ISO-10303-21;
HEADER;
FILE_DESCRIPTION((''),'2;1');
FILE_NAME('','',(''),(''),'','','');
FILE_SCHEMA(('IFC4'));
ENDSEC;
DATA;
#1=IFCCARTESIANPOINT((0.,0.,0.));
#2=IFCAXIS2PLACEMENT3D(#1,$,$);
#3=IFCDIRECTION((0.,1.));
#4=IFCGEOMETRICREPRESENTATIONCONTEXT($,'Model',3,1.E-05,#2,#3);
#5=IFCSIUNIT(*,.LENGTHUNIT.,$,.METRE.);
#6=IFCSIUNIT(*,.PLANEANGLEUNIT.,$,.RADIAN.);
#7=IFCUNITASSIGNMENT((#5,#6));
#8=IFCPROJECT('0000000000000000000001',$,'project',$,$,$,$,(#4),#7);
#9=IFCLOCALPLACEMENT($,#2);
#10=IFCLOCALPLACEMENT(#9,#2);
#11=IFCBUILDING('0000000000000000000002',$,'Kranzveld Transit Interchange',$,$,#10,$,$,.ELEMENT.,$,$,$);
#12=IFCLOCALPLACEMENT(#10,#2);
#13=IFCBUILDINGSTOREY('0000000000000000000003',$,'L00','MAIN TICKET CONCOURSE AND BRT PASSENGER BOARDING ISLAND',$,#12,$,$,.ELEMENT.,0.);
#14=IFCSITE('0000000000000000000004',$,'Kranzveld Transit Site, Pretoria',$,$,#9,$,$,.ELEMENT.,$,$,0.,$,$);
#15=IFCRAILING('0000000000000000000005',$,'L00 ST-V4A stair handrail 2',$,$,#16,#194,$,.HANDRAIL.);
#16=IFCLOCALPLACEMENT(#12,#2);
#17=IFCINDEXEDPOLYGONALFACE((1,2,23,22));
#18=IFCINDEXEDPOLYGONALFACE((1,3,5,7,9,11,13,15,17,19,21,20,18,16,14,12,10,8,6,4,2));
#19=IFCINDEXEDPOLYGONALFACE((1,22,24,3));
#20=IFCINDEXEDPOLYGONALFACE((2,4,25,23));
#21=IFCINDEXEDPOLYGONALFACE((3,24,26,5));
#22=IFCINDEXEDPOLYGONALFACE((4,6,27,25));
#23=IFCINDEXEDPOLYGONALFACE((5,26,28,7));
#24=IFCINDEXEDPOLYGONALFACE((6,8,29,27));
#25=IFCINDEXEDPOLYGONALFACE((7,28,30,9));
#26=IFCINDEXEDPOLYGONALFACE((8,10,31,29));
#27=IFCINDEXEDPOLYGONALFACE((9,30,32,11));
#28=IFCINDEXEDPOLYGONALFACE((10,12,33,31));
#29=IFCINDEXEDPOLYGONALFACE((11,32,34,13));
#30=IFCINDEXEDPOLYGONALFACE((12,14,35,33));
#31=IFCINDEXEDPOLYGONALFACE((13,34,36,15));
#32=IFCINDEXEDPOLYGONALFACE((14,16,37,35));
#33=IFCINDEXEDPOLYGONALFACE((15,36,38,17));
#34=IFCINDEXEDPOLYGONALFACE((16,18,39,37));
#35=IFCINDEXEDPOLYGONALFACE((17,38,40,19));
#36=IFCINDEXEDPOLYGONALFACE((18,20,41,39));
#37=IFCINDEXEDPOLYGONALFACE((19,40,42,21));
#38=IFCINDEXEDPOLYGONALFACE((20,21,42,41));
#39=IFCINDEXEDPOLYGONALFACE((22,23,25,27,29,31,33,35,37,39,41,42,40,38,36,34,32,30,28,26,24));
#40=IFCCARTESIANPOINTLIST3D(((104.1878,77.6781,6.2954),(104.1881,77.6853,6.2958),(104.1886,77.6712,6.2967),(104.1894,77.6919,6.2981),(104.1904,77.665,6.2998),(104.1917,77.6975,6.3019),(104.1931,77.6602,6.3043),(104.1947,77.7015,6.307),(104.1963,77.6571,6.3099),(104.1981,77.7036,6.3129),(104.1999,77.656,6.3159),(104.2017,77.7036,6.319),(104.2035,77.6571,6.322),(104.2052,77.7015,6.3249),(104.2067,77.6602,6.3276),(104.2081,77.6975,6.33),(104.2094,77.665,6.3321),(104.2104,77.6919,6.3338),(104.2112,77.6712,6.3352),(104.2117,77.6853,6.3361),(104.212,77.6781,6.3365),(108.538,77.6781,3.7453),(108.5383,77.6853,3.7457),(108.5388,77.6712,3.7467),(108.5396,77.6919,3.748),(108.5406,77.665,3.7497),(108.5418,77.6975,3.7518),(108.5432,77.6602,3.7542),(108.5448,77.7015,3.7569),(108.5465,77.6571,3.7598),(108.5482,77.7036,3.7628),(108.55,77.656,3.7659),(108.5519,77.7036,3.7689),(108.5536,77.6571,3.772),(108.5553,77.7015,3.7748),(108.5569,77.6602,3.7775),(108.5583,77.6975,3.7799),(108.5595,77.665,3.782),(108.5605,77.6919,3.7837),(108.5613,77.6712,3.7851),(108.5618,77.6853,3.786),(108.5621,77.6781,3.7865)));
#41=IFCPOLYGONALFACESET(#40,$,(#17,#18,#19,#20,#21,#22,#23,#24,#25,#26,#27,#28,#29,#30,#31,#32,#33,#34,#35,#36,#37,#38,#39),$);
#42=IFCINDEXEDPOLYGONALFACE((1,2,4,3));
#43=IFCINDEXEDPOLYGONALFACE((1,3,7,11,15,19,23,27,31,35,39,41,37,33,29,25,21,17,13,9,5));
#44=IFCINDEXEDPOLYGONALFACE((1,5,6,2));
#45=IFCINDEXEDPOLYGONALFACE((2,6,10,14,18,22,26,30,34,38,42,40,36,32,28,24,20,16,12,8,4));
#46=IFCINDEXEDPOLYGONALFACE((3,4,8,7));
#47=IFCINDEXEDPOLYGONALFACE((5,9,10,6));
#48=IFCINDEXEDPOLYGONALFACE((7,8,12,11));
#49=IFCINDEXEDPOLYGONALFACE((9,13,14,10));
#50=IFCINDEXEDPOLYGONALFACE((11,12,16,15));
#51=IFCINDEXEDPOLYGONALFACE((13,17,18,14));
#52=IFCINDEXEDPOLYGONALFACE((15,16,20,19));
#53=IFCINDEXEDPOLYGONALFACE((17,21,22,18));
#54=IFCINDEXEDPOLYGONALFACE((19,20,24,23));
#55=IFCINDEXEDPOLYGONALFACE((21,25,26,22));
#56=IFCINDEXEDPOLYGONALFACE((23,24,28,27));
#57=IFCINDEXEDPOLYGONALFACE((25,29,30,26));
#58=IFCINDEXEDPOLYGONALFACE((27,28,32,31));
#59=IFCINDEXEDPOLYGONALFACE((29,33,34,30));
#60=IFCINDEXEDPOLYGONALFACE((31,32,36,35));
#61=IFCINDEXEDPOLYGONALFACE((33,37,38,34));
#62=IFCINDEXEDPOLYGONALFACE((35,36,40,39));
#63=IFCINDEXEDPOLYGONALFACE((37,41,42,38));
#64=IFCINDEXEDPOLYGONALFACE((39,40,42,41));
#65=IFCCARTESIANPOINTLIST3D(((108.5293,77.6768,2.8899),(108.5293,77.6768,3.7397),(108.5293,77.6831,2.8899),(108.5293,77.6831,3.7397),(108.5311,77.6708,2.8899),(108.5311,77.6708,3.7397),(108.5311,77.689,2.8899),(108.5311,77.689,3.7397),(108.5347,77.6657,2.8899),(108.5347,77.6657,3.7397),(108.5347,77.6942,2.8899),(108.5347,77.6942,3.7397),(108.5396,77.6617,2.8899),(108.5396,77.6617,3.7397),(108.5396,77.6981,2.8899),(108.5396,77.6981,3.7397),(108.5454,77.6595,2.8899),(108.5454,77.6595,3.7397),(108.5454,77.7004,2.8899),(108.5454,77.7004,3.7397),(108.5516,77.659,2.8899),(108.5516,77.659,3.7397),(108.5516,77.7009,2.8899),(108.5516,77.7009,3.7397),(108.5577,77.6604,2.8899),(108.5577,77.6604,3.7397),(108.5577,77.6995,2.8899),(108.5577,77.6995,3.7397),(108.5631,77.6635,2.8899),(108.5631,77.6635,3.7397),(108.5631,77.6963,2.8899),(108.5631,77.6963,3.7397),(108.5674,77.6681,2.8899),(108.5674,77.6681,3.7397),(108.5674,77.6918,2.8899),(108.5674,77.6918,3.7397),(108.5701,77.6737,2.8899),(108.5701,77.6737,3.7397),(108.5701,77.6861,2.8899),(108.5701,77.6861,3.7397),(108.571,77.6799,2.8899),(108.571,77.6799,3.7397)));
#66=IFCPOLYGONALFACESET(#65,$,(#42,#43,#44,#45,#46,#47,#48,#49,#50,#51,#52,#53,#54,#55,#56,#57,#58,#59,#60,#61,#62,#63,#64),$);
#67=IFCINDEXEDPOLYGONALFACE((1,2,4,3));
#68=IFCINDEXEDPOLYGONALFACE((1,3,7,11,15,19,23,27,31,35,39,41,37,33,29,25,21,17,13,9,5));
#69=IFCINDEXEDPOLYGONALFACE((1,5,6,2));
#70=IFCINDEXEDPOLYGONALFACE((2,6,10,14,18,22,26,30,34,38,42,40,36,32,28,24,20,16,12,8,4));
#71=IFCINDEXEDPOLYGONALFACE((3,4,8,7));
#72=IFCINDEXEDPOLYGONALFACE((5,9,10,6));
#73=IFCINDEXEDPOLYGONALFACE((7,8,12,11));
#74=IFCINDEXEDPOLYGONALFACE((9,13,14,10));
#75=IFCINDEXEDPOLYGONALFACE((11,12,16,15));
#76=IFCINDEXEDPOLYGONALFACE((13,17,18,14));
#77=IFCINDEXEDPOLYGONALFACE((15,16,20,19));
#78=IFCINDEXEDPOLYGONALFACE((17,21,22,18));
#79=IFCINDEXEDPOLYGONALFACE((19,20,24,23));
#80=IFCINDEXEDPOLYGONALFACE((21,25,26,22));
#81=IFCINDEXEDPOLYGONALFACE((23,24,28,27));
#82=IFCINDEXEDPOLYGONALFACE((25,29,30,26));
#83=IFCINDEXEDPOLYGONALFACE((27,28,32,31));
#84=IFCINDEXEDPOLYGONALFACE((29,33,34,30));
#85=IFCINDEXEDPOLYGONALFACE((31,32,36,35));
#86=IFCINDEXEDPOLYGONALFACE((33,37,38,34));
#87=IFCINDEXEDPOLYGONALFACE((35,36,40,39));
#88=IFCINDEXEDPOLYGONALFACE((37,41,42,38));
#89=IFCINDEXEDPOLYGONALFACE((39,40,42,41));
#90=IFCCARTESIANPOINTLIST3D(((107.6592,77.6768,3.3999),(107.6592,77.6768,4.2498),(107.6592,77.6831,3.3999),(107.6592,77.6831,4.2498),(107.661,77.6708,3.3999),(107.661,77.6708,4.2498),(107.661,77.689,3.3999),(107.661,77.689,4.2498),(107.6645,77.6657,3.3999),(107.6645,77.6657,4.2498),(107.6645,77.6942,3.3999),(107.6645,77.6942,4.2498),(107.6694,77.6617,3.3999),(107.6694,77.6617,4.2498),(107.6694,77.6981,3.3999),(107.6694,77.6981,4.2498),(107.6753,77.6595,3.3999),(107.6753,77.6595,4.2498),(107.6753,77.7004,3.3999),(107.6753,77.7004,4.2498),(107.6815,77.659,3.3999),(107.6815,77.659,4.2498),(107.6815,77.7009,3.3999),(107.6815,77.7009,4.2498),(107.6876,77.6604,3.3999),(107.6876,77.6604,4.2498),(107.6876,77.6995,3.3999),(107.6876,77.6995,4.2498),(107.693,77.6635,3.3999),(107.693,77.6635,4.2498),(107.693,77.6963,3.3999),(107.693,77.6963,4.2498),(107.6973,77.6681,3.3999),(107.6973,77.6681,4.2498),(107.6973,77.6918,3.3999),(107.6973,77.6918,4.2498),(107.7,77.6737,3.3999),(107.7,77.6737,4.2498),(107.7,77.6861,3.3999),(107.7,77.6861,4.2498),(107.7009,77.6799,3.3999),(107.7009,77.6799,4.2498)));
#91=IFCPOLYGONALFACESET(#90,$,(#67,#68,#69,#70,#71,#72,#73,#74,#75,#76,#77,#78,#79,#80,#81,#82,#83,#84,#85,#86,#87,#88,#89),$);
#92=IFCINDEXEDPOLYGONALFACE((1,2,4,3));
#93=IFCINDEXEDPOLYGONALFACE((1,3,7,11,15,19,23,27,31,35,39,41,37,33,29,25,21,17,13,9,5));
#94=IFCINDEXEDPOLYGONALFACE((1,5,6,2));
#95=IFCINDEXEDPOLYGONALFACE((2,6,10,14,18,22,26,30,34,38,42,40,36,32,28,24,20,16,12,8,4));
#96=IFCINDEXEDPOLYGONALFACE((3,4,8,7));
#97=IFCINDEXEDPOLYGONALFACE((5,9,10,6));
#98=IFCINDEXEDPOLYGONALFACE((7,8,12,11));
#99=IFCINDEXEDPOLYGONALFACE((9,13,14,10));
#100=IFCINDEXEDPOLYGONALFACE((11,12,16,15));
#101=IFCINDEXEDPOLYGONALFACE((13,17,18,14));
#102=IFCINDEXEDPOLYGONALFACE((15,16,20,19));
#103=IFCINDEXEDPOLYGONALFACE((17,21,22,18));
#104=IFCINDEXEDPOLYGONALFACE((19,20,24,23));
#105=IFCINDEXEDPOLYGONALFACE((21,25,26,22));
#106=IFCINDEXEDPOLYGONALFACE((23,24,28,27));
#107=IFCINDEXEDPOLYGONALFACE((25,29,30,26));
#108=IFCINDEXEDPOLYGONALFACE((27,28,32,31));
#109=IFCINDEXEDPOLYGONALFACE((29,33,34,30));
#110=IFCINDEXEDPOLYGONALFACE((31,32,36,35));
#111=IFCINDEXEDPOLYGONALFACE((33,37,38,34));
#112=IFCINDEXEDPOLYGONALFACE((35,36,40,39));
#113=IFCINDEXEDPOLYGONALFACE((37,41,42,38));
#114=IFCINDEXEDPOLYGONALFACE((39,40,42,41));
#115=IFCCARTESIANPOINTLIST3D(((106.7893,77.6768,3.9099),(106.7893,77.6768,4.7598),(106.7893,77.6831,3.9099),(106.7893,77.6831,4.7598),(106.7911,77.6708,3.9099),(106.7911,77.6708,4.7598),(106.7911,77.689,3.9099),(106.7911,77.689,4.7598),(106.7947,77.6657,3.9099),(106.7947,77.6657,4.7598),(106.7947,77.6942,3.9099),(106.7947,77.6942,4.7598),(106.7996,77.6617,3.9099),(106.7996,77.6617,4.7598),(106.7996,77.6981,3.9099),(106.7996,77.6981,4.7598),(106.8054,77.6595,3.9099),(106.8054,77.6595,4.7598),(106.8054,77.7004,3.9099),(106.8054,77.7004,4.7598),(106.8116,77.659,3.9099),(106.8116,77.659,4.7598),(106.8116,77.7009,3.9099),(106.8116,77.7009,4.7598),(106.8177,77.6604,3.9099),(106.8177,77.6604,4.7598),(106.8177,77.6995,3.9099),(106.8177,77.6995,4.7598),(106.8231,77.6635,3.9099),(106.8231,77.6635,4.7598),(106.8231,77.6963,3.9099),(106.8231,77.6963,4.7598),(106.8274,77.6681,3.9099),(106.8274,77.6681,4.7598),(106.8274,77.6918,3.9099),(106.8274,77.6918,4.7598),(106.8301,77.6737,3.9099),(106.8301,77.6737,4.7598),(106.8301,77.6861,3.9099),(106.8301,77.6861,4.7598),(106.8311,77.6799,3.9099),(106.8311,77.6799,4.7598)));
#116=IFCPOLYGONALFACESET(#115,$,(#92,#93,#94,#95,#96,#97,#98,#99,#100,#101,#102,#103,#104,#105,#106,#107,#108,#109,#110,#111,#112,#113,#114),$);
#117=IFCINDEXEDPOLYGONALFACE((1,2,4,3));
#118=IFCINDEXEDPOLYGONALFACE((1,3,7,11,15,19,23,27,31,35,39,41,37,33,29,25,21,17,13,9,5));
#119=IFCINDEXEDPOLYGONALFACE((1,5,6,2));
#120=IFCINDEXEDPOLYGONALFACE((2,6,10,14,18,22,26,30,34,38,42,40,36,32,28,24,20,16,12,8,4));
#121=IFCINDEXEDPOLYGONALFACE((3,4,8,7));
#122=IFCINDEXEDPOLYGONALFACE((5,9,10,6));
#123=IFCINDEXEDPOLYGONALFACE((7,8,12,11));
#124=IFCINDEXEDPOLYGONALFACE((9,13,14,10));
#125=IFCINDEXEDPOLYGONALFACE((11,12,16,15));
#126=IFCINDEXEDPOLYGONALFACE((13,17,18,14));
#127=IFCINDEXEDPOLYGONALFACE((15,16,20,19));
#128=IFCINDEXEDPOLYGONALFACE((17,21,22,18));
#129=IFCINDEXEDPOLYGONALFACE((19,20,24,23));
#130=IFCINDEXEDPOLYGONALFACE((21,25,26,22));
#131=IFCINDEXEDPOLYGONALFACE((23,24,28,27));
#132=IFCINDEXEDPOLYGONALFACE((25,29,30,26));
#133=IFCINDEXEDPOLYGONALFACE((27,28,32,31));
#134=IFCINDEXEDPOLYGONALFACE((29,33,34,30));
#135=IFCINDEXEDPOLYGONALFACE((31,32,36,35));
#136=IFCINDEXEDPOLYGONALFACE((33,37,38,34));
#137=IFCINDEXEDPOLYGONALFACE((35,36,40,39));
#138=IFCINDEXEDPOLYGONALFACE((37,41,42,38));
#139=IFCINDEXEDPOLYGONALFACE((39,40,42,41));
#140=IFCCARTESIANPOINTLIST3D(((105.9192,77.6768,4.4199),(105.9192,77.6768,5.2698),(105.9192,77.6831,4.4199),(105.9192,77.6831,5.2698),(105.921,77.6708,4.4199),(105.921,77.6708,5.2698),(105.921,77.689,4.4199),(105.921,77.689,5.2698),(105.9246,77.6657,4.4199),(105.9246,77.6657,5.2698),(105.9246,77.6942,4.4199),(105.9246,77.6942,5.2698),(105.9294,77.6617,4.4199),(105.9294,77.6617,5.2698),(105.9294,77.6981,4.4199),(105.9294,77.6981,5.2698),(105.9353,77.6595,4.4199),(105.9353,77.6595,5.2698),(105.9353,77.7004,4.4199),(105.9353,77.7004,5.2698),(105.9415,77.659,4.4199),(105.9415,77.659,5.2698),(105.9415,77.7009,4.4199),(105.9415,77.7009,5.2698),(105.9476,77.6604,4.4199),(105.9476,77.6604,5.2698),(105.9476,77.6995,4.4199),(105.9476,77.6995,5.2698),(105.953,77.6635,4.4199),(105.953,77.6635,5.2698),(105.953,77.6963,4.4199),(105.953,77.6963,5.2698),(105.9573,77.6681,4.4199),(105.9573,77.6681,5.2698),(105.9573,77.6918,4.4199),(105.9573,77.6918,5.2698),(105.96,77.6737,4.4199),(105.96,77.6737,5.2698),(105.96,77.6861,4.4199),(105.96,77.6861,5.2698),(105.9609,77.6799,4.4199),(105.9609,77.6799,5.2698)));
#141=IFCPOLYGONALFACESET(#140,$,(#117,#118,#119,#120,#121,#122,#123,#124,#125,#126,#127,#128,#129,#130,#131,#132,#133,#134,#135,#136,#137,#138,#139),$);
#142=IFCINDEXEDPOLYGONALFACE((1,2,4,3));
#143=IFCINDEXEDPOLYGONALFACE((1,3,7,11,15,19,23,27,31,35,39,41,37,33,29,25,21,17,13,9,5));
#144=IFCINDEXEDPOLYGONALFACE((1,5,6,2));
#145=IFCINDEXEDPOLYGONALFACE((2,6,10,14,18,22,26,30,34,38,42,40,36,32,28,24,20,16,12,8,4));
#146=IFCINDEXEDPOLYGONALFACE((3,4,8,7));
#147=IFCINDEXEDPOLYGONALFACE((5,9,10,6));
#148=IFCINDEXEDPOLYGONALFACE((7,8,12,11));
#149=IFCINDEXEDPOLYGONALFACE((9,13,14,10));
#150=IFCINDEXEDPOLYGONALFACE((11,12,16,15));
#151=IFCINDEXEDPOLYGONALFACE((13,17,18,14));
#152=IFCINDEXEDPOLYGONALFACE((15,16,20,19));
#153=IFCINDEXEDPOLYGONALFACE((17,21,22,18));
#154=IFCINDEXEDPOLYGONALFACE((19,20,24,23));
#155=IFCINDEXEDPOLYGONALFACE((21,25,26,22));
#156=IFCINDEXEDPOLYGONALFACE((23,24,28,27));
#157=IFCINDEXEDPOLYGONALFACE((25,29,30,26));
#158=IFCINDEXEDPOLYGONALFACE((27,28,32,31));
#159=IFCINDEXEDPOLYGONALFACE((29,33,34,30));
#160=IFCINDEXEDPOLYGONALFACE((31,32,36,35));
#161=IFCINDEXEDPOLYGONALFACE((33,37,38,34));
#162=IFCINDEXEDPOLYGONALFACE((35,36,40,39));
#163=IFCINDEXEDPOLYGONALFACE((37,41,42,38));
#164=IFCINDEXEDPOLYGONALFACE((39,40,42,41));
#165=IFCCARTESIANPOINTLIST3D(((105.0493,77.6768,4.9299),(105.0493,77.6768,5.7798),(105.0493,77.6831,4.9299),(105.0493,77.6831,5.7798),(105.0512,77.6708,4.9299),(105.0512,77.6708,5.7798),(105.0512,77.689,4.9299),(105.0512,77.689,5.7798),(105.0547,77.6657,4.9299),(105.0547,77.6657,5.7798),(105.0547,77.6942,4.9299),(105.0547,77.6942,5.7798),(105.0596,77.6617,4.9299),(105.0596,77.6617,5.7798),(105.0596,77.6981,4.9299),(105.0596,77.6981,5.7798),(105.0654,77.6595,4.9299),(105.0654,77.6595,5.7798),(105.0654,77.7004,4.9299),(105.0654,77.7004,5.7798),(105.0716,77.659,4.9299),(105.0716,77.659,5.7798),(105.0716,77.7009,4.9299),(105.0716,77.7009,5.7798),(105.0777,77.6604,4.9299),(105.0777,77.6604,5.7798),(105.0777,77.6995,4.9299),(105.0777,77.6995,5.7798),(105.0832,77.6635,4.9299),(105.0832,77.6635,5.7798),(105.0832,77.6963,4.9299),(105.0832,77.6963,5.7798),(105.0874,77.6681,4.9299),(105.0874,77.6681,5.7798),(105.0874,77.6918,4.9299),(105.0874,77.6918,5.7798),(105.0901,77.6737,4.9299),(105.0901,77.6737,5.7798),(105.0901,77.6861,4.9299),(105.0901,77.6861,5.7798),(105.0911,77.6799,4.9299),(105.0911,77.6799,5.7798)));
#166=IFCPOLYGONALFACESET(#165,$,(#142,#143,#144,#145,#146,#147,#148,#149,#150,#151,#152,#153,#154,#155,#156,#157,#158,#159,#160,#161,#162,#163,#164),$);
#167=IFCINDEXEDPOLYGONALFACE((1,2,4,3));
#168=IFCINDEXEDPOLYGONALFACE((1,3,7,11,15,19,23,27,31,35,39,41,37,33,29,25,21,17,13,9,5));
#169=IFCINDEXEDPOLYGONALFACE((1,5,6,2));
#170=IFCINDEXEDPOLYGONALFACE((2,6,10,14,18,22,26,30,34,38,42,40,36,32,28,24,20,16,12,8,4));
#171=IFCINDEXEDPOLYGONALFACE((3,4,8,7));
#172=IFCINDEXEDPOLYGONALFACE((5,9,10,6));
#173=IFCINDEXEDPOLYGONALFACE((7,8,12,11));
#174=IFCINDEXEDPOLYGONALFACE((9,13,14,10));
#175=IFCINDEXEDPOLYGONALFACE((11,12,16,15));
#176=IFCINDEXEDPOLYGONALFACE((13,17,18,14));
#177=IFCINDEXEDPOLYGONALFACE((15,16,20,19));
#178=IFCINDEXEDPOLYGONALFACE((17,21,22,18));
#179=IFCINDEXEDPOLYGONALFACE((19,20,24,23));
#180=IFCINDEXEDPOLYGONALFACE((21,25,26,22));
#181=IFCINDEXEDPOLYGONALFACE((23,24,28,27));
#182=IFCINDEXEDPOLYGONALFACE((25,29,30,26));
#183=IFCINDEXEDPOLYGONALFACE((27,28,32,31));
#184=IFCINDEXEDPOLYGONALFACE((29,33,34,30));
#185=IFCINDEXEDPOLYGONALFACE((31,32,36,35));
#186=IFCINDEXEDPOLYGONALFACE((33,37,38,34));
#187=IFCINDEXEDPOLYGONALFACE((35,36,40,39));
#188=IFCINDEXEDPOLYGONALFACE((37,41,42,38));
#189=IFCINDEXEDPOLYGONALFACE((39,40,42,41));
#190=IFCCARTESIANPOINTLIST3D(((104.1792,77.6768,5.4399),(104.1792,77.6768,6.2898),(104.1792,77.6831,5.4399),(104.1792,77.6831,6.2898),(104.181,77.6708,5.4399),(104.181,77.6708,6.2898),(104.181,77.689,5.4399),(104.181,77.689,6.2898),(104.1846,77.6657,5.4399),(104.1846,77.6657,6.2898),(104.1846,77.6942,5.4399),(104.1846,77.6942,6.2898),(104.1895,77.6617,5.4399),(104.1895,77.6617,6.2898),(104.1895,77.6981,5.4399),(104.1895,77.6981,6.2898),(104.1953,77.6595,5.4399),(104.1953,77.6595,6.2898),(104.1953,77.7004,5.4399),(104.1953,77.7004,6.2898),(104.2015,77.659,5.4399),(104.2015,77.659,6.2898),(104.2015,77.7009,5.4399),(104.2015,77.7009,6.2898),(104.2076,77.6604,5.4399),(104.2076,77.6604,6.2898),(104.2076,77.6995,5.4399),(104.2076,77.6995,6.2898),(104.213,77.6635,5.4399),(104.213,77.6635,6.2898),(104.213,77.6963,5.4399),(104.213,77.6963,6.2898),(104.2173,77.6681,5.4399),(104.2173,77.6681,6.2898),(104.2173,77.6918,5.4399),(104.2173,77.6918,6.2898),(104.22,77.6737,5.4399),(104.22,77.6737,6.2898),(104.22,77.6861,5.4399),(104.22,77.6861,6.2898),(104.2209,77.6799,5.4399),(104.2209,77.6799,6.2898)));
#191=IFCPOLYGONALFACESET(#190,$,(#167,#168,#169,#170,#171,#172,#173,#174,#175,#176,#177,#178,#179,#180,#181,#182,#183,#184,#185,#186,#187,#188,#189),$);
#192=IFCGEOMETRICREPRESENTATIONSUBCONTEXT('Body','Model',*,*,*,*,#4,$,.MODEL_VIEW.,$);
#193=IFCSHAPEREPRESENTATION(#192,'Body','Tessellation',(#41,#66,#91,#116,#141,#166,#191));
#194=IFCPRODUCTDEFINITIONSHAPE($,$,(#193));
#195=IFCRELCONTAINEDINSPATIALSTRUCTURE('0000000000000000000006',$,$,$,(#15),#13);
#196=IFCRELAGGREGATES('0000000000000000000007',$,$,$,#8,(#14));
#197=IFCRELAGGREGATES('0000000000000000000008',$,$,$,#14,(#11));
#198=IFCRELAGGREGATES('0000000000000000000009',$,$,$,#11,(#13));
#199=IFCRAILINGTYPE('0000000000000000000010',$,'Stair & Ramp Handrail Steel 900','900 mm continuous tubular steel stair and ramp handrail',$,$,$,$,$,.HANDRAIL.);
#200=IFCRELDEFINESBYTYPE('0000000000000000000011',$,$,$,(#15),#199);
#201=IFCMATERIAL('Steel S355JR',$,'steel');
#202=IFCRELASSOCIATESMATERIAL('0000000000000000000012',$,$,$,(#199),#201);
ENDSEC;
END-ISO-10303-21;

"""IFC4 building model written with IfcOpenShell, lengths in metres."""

from ifc_helpers import new_model, si_unit, direction, frame, origin, origin_2d, place, context, subcontext, project, spatial, circle, extrude, material, type_object, element, save


model = new_model("IFC4")

# Units and contexts
model_context = context("Model", 3, precision=1e-05, world=origin(), true_north=direction((0.0, 1.0)))
body_context = subcontext(model_context, "Body", "Model", "MODEL_VIEW")
ifc_project = project(units=[si_unit("LENGTHUNIT", "METRE"), si_unit("PLANEANGLEUNIT", "RADIAN")], contexts=[model_context])

# Site, building, storey
site_placement = place(None, origin())
site = spatial("IfcSite", under=ifc_project, at=site_placement, Name="Kranzveld Transit Site, Pretoria", CompositionType="ELEMENT", RefElevation=0.0)
building_placement = place(site_placement, origin())
building = spatial("IfcBuilding", under=site, at=building_placement, Name="Kranzveld Transit Interchange", CompositionType="ELEMENT")
storey_placement = place(building_placement, origin())
storey = spatial("IfcBuildingStorey", under=building, at=storey_placement, Name="L00", Description="MAIN TICKET CONCOURSE AND BRT PASSENGER BOARDING ISLAND", CompositionType="ELEMENT", Elevation=0.0)

# Railing
ifc_material_1 = material(Name="Steel S355JR", Category="steel")
railing_type_1 = type_object("IfcRailingType", Name="Stair & Ramp Handrail Steel 900", Description="900 mm continuous tubular steel stair and ramp handrail", PredefinedType="HANDRAIL", material=ifc_material_1)
railing_1_placement = place(storey_placement, frame((108.55, 77.6799, 2.8899)))
element("IfcRailing", 1, at=railing_1_placement, inside=storey, type_object=railing_type_1, Name="L00 ST-V4A stair handrail 2", PredefinedType="HANDRAIL", context=body_context, shape_type="SweptSolid", body=[
    extrude(circle(Radius=0.0239, at=origin_2d()), frame((0.0, 0.0, 0.876), z_axis=(-0.862699, 0.0, 0.505718), x_axis=(0.0, -1.0, 0.0)), (0.0, 0.0, 1.0), 5.0425),
    extrude(circle(Radius=0.021, at=origin_2d()), origin(), (0.0, 0.0, 1.0), 0.8499),
    extrude(circle(Radius=0.021, at=origin_2d()), frame((-0.8701, 0.0, 0.51)), (0.0, 0.0, 1.0), 0.8499),
    extrude(circle(Radius=0.021, at=origin_2d()), frame((-1.74, 0.0, 1.02)), (0.0, 0.0, 1.0), 0.8499),
    extrude(circle(Radius=0.021, at=origin_2d()), frame((-2.6101, 0.0, 1.53)), (0.0, 0.0, 1.0), 0.8499),
    extrude(circle(Radius=0.021, at=origin_2d()), frame((-3.48, 0.0, 2.04)), (0.0, 0.0, 1.0), 0.8499),
    extrude(circle(Radius=0.021, at=origin_2d()), frame((-4.3501, 0.0, 2.55)), (0.0, 0.0, 1.0), 0.8499),
])

save(model, "model.ifc")
